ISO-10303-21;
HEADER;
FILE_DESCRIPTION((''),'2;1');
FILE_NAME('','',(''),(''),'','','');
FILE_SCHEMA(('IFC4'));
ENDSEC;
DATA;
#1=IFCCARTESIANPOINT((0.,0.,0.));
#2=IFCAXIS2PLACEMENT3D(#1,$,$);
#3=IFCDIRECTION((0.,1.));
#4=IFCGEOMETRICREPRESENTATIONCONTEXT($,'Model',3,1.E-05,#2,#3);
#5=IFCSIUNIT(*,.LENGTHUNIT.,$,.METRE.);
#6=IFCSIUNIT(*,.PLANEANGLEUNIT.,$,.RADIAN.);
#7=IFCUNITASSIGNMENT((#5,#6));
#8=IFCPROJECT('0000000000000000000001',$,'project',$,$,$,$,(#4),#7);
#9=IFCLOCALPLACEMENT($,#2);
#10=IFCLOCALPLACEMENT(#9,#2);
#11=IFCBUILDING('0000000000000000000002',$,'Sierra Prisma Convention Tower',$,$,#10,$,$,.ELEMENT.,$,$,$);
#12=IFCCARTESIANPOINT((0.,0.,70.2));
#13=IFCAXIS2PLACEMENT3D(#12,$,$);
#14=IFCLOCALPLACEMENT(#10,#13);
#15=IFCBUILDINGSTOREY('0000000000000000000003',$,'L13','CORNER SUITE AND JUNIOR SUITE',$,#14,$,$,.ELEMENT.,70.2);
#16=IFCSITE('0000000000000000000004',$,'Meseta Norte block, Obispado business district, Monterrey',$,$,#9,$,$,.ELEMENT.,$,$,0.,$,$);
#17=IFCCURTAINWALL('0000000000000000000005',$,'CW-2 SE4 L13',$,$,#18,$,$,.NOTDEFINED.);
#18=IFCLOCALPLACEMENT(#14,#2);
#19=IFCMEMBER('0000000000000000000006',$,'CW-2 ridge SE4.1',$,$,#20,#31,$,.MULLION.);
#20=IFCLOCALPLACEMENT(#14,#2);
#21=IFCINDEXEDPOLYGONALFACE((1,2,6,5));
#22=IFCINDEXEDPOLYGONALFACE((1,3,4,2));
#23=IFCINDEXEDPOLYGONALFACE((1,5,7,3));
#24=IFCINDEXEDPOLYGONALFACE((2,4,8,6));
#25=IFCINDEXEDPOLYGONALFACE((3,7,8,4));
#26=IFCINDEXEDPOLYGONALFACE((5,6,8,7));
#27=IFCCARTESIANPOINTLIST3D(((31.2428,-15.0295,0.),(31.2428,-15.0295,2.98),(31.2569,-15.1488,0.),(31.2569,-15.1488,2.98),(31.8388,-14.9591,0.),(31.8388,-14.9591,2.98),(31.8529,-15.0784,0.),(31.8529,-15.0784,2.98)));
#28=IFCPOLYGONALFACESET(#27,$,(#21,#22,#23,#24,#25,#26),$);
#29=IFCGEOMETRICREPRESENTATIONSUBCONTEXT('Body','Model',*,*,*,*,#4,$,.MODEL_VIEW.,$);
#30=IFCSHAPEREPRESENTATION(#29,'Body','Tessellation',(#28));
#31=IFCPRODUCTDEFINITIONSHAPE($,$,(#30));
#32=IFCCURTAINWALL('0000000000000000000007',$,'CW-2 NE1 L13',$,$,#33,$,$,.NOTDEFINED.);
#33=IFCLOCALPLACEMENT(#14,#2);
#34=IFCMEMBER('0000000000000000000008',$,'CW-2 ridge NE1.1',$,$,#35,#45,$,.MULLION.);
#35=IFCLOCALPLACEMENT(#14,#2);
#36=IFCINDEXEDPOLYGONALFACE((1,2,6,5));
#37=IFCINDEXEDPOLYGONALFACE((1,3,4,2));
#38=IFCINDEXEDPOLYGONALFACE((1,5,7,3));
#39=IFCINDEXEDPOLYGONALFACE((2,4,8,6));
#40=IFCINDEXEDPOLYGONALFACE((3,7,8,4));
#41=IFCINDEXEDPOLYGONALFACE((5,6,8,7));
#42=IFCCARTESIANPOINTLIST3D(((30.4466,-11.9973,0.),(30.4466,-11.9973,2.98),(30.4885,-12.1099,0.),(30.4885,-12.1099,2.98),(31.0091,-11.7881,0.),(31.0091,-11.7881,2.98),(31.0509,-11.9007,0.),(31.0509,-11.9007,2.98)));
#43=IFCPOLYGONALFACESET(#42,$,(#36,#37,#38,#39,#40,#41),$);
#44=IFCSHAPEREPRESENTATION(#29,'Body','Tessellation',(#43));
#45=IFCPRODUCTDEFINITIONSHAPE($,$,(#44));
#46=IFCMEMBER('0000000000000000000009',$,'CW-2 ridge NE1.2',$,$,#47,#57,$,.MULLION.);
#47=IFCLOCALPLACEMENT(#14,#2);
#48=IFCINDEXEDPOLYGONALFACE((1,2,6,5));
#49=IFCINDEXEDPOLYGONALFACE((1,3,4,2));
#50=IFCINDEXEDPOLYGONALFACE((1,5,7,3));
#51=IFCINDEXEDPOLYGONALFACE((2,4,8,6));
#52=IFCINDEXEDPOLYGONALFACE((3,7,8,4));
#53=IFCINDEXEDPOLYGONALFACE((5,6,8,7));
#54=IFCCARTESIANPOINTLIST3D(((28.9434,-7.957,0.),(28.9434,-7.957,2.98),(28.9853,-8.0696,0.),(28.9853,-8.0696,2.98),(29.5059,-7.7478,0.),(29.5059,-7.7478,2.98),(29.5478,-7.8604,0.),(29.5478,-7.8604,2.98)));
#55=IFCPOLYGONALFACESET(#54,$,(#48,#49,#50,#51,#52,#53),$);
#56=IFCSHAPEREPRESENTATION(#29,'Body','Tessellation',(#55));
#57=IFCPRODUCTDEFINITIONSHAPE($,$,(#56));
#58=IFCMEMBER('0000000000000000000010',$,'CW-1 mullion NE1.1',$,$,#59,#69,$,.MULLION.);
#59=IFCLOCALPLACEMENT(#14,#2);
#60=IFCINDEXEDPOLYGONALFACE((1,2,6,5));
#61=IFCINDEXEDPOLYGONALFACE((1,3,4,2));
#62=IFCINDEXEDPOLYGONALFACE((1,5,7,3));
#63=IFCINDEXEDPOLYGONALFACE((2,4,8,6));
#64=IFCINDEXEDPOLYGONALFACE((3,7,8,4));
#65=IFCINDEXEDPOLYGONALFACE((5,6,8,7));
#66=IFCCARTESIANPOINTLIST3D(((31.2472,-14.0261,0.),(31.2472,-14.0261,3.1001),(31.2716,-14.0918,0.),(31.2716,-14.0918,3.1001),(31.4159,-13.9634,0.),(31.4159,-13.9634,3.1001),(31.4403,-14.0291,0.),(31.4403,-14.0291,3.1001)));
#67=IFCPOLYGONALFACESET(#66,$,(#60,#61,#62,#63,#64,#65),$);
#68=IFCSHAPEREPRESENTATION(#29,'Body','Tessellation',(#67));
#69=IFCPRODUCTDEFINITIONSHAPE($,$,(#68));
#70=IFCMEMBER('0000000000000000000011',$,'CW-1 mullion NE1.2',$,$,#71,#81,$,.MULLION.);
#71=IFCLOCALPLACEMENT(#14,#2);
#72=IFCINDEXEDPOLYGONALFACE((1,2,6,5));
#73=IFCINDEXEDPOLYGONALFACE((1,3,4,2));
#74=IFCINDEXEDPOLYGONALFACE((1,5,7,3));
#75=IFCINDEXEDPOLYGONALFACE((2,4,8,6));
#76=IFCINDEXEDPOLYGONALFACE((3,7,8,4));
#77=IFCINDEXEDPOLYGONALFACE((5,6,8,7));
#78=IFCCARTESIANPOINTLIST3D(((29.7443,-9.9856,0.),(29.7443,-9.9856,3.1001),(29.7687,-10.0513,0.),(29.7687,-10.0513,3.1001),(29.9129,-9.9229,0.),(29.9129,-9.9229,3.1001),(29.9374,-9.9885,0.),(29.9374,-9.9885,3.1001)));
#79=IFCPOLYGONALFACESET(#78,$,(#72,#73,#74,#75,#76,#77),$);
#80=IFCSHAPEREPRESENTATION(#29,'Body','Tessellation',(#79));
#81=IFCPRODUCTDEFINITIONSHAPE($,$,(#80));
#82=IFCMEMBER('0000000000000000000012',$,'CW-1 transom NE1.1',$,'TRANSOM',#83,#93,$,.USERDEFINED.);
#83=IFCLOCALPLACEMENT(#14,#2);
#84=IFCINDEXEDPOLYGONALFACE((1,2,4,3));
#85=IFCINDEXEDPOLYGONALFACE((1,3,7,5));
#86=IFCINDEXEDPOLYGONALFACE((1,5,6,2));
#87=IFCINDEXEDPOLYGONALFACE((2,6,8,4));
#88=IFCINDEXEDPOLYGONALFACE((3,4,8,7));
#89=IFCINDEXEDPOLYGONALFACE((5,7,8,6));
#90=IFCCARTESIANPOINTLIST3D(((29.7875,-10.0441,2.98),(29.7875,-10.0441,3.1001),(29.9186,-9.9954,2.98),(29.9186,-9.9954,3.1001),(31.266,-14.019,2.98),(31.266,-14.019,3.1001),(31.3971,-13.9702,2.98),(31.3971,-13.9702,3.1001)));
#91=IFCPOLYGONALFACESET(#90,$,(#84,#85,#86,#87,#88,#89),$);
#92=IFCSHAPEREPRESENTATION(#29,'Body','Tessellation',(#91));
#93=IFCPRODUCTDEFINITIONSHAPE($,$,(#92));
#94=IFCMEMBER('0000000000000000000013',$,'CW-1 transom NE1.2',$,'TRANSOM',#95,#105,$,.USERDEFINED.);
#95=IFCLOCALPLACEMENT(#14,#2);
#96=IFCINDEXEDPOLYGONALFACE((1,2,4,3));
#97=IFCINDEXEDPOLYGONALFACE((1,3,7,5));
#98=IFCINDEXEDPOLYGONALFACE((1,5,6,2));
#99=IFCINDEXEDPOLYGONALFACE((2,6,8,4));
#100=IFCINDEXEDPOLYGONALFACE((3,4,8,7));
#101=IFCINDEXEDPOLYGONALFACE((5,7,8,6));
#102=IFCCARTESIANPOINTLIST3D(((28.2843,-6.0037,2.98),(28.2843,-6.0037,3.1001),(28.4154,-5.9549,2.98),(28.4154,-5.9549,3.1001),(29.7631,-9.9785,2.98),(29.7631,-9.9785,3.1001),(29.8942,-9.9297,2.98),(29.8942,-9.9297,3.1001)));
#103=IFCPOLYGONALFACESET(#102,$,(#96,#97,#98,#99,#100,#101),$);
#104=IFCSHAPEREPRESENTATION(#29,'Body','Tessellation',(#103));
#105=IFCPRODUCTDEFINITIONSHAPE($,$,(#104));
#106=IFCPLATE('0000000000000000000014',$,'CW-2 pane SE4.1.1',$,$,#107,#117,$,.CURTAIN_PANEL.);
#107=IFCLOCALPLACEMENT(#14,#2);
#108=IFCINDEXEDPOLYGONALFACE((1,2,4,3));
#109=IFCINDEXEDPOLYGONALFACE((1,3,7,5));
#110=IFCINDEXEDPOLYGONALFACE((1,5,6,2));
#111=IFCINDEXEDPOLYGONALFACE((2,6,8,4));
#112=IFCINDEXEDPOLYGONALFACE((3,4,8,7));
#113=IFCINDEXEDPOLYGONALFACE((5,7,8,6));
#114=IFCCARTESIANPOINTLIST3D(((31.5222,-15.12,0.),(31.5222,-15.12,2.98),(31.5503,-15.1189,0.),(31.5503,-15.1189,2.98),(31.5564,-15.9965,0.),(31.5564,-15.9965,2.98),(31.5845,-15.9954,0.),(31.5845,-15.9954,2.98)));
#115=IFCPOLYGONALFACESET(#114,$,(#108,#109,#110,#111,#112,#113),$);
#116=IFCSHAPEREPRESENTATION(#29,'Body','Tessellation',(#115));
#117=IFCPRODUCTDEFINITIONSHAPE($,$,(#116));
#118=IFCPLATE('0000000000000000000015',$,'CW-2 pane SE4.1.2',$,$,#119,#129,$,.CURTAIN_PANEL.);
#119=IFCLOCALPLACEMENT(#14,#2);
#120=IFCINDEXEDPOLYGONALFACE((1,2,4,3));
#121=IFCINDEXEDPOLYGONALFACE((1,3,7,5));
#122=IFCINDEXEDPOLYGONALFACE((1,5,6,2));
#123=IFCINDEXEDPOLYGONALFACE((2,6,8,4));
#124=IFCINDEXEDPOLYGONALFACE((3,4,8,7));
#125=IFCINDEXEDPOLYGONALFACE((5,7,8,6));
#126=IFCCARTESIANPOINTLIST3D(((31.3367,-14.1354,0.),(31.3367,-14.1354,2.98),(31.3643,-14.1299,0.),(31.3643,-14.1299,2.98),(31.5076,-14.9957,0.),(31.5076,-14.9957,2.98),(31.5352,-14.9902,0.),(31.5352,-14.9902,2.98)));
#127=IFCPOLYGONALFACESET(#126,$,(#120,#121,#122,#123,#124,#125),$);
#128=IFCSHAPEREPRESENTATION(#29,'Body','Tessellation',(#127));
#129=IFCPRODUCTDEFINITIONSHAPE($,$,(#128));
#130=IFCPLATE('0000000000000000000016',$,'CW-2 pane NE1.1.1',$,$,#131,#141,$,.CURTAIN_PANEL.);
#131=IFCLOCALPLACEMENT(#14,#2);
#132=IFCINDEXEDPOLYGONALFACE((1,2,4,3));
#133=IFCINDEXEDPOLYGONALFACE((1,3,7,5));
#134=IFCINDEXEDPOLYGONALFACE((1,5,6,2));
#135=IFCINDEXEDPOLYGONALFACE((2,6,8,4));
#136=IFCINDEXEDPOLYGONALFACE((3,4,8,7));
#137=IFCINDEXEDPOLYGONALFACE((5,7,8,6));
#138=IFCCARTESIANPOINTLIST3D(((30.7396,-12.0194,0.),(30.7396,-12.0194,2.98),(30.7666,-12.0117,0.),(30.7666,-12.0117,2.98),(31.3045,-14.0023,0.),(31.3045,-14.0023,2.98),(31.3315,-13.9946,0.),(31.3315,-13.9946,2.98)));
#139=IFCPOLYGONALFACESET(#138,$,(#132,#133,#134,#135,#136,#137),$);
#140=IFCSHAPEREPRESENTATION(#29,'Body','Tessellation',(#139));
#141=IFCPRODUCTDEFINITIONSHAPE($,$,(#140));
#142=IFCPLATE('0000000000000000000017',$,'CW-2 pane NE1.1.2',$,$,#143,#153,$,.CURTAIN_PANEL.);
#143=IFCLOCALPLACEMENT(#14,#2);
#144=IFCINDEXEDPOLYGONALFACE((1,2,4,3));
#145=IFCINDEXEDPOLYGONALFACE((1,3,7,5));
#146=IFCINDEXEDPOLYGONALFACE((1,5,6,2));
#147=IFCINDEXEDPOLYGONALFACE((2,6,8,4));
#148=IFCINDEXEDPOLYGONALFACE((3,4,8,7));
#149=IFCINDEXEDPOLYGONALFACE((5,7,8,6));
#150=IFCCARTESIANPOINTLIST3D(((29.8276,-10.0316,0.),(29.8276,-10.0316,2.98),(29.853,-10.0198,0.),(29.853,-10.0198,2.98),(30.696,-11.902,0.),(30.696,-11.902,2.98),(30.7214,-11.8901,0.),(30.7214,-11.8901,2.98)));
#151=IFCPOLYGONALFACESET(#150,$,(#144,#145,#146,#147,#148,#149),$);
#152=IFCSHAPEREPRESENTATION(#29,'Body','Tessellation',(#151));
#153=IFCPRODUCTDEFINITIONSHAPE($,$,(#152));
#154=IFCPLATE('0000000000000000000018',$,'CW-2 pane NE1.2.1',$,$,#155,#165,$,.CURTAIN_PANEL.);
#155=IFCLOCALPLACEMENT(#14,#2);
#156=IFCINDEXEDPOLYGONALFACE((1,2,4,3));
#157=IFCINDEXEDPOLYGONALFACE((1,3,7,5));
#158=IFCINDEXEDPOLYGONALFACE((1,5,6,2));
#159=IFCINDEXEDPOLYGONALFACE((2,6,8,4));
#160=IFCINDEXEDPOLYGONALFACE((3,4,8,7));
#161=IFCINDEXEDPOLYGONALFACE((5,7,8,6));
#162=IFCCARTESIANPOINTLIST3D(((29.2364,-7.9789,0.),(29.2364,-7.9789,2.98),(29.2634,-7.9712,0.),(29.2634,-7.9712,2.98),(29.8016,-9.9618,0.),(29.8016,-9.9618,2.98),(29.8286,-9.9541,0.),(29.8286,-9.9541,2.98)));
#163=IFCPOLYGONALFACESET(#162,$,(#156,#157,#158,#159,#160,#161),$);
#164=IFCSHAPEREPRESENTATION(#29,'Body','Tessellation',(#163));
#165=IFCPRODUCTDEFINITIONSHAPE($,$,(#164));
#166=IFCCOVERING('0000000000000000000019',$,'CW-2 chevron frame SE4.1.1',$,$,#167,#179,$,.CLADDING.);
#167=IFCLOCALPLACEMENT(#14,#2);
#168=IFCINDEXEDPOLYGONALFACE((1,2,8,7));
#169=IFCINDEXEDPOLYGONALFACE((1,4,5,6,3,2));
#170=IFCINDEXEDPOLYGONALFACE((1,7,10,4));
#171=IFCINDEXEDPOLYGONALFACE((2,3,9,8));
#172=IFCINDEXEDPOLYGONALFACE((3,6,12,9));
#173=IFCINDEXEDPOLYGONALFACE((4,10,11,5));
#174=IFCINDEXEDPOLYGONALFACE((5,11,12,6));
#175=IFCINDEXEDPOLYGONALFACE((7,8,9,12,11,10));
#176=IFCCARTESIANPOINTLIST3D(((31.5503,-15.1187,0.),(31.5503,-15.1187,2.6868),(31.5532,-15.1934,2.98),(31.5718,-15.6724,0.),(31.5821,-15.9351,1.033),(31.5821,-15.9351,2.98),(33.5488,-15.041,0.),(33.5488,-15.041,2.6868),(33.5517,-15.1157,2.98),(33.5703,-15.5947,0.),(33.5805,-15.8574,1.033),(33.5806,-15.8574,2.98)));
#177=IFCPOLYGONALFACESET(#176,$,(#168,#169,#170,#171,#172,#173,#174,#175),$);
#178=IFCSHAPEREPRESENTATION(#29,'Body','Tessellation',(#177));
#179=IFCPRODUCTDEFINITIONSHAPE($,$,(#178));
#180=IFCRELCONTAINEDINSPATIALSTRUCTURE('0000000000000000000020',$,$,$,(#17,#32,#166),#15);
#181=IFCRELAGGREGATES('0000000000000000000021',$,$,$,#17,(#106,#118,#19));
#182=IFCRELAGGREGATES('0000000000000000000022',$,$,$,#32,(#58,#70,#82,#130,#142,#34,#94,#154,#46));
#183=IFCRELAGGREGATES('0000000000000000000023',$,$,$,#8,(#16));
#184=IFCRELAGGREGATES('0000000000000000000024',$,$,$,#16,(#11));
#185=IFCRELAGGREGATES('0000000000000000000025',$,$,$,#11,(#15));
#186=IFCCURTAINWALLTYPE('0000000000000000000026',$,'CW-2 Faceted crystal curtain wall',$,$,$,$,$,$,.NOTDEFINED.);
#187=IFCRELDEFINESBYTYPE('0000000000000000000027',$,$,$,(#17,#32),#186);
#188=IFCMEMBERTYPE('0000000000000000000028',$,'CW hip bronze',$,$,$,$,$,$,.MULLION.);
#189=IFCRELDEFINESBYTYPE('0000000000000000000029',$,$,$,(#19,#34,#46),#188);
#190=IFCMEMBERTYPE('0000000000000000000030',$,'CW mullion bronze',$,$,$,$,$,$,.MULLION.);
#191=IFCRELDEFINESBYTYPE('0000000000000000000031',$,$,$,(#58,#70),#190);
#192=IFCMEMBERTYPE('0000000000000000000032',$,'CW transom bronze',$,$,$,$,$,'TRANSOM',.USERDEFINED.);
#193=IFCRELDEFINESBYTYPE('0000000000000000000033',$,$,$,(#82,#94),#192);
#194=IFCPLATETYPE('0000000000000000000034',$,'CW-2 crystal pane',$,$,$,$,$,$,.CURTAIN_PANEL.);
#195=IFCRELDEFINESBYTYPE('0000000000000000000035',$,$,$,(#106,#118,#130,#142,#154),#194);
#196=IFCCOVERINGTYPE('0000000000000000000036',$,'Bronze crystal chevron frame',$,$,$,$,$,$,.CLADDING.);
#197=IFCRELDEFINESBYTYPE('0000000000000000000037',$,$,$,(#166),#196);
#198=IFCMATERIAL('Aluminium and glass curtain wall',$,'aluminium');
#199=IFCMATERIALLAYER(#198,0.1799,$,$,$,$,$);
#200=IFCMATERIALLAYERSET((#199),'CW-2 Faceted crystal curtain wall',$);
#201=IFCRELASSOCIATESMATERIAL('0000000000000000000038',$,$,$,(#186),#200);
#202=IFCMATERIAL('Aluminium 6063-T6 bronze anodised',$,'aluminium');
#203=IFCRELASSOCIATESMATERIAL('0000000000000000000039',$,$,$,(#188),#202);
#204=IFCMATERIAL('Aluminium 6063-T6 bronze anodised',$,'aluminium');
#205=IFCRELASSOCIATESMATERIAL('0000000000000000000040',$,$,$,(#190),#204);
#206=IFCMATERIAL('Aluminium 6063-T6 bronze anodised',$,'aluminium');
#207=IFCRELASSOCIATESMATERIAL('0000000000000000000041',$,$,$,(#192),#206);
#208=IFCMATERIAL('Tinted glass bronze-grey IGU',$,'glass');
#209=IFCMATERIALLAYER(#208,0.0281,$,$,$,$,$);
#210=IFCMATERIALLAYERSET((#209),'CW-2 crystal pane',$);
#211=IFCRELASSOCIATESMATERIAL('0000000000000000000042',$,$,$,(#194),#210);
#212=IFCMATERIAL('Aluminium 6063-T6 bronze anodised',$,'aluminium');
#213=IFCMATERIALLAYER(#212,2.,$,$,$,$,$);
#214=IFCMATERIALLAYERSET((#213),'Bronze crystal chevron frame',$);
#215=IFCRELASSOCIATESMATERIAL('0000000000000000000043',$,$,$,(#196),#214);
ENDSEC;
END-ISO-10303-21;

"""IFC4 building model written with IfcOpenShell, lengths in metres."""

from ifc_helpers import new_model, si_unit, direction, frame, origin, origin_2d, place, context, subcontext, project, spatial, polyline, rectangle, outline, extrude, material, layer, layer_set, material_profile, profile_set, type_object, element, aggregate, save


model = new_model("IFC4")

# Units and contexts
model_context = context("Model", 3, precision=1e-05, world=origin(), true_north=direction((0.0, 1.0)))
body_context = subcontext(model_context, "Body", "Model", "MODEL_VIEW")
ifc_project = project(units=[si_unit("LENGTHUNIT", "METRE"), si_unit("PLANEANGLEUNIT", "RADIAN")], contexts=[model_context])

# Site, building, storey
site_placement = place(None, origin())
site = spatial("IfcSite", under=ifc_project, at=site_placement, Name="Meseta Norte block, Obispado business district, Monterrey", CompositionType="ELEMENT", RefElevation=0.0)
building_placement = place(site_placement, origin())
building = spatial("IfcBuilding", under=site, at=building_placement, Name="Sierra Prisma Convention Tower", CompositionType="ELEMENT")
storey_placement = place(building_placement, frame((0.0, 0.0, 70.2)))
storey = spatial("IfcBuildingStorey", under=building, at=storey_placement, Name="L13", Description="CORNER SUITE AND JUNIOR SUITE", CompositionType="ELEMENT", Elevation=70.2)

# Curtain wall, member
ifc_material_1 = material(Name="Aluminium and glass curtain wall", Category="aluminium")
ifc_layer_1 = layer(ifc_material_1, 0.1799)
ifc_layer_set_1 = layer_set([ifc_layer_1], Name="CW-2 Faceted crystal curtain wall")
curtain_wall_type = type_object("IfcCurtainWallType", Name="CW-2 Faceted crystal curtain wall", PredefinedType="NOTDEFINED", material=ifc_layer_set_1)
curtain_wall_1_placement = place(storey_placement, origin())
curtain_wall_1 = element("IfcCurtainWall", 1, at=curtain_wall_1_placement, inside=storey, type_object=curtain_wall_type, Name="CW-2 SE4 L13", PredefinedType="NOTDEFINED")
ifc_material_2 = material(Name="Aluminium 6063-T6 bronze anodised", Category="aluminium")
ifc_material_profile_1 = material_profile(ifc_material_2, rectangle(XDim=0.1201, YDim=0.6001, at=origin_2d()), Name="ALU RIDGE BLADE 120x600")
ifc_profile_set_1 = profile_set([ifc_material_profile_1], Name="Aluminium 6063-T6 bronze anodised")
member_type_1 = type_object("IfcMemberType", Name="CW hip bronze", PredefinedType="MULLION", material=ifc_profile_set_1)
member_1_placement = place(storey_placement, frame((31.5479, -15.054, 0.0), z_axis=(0.0, 0.0, 1.0), x_axis=(-0.117263, 0.993101, 0.0)))
member_1 = element("IfcMember", 2, at=member_1_placement, type_object=member_type_1, Name="CW-2 ridge SE4.1", PredefinedType="MULLION", context=body_context, shape_type="SweptSolid", body=[
    extrude(rectangle(XDim=0.1201, YDim=0.6001, at=origin_2d()), origin(), (0.0, 0.0, 1.0), 2.98),
])

# Curtain wall, members
curtain_wall_2_placement = place(storey_placement, origin())
curtain_wall_2 = element("IfcCurtainWall", 3, at=curtain_wall_2_placement, inside=storey, type_object=curtain_wall_type, Name="CW-2 NE1 L13", PredefinedType="NOTDEFINED")
member_2_placement = place(storey_placement, frame((30.7488, -11.949, 0.0), z_axis=(0.0, 0.0, 1.0), x_axis=(-0.34865, 0.937253, 0.0)))
member_2 = element("IfcMember", 4, at=member_2_placement, type_object=member_type_1, Name="CW-2 ridge NE1.1", PredefinedType="MULLION", context=body_context, shape_type="SweptSolid", body=[
    extrude(rectangle(XDim=0.1201, YDim=0.6001, at=origin_2d()), origin(), (0.0, 0.0, 1.0), 2.98),
])
member_3_placement = place(storey_placement, frame((29.2456, -7.9087, 0.0), z_axis=(0.0, 0.0, 1.0), x_axis=(-0.34865, 0.937253, 0.0)))
member_3 = element("IfcMember", 5, at=member_3_placement, type_object=member_type_1, Name="CW-2 ridge NE1.2", PredefinedType="MULLION", context=body_context, shape_type="SweptSolid", body=[
    extrude(rectangle(XDim=0.1201, YDim=0.6001, at=origin_2d()), origin(), (0.0, 0.0, 1.0), 2.98),
])
ifc_material_3 = material(Name="Aluminium 6063-T6 bronze anodised", Category="aluminium")
ifc_material_profile_2 = material_profile(ifc_material_3, rectangle(XDim=0.1799, YDim=0.0701, at=origin_2d()), Name="ALU MULLION 70x180")
ifc_profile_set_2 = profile_set([ifc_material_profile_2], Name="Aluminium 6063-T6 bronze anodised")
member_type_2 = type_object("IfcMemberType", Name="CW mullion bronze", PredefinedType="MULLION", material=ifc_profile_set_2)
member_4_placement = place(storey_placement, frame((31.3438, -14.0276, 0.0), z_axis=(0.0, 0.0, 1.0), x_axis=(-0.937253, -0.34865, 0.0)))
member_4 = element("IfcMember", 6, at=member_4_placement, type_object=member_type_2, Name="CW-1 mullion NE1.1", PredefinedType="MULLION", context=body_context, shape_type="SweptSolid", body=[
    extrude(rectangle(XDim=0.1799, YDim=0.0701, at=origin_2d()), origin(), (0.0, 0.0, 1.0), 3.1001),
])
member_5_placement = place(storey_placement, frame((29.8408, -9.9871, 0.0), z_axis=(0.0, 0.0, 1.0), x_axis=(-0.937253, -0.34865, 0.0)))
member_5 = element("IfcMember", 7, at=member_5_placement, type_object=member_type_2, Name="CW-1 mullion NE1.2", PredefinedType="MULLION", context=body_context, shape_type="SweptSolid", body=[
    extrude(rectangle(XDim=0.1799, YDim=0.0701, at=origin_2d()), origin(), (0.0, 0.0, 1.0), 3.1001),
])
ifc_material_4 = material(Name="Aluminium 6063-T6 bronze anodised", Category="aluminium")
ifc_material_profile_3 = material_profile(ifc_material_4, rectangle(XDim=0.1399, YDim=0.1201, at=origin_2d()), Name="ALU TRANSOM 120x140")
ifc_profile_set_3 = profile_set([ifc_material_profile_3], Name="Aluminium 6063-T6 bronze anodised")
member_type_3 = type_object("IfcMemberType", Name="CW transom bronze", ElementType="TRANSOM", PredefinedType="USERDEFINED", material=ifc_profile_set_3)
member_6_placement = place(storey_placement, frame((31.3315, -13.9946, 3.04), z_axis=(-0.34863, 0.93726, 0.0), x_axis=(-0.93726, -0.34863, 0.0)))
member_6 = element("IfcMember", 8, at=member_6_placement, type_object=member_type_3, Name="CW-1 transom NE1.1", ObjectType="TRANSOM", PredefinedType="USERDEFINED", context=body_context, shape_type="SweptSolid", body=[
    extrude(rectangle(XDim=0.1399, YDim=0.1201, at=origin_2d()), origin(), (0.0, 0.0, 1.0), 4.241),
])
member_7_placement = place(storey_placement, frame((29.8286, -9.9541, 3.04), z_axis=(-0.348681, 0.937242, 0.0), x_axis=(-0.937242, -0.348681, 0.0)))
member_7 = element("IfcMember", 9, at=member_7_placement, type_object=member_type_3, Name="CW-1 transom NE1.2", ObjectType="TRANSOM", PredefinedType="USERDEFINED", context=body_context, shape_type="SweptSolid", body=[
    extrude(rectangle(XDim=0.1399, YDim=0.1201, at=origin_2d()), origin(), (0.0, 0.0, 1.0), 4.241),
])

# Plates
ifc_material_5 = material(Name="Tinted glass bronze-grey IGU", Category="glass")
ifc_layer_2 = layer(ifc_material_5, 0.0281)
ifc_layer_set_2 = layer_set([ifc_layer_2], Name="CW-2 crystal pane")
plate_type = type_object("IfcPlateType", Name="CW-2 crystal pane", PredefinedType="CURTAIN_PANEL", material=ifc_layer_set_2)
plate_1_placement = place(storey_placement, frame((31.5845, -15.9954, 0.0), z_axis=(0.99924, 0.038968, 0.0), x_axis=(-0.038968, 0.99924, 0.0)))
plate_1 = element("IfcPlate", 10, at=plate_1_placement, type_object=plate_type, Name="CW-2 pane SE4.1.1", PredefinedType="CURTAIN_PANEL", context=body_context, shape_type="SweptSolid", body=[
    extrude(outline(polyline([(0.0, 0.0), (0.8771, 0.0), (0.8771, 2.98), (0.0, 2.98), (0.0, 0.0)])), origin(), (0.0, 0.0, -1.0), 0.0281),
])
plate_2_placement = place(storey_placement, frame((31.3643, -14.1299, 0.0), z_axis=(0.980837, 0.194831, 0.0), x_axis=(0.194831, -0.980837, 0.0)))
plate_2 = element("IfcPlate", 11, at=plate_2_placement, type_object=plate_type, Name="CW-2 pane SE4.1.2", PredefinedType="CURTAIN_PANEL", context=body_context, shape_type="SweptSolid", body=[
    extrude(outline(polyline([(0.0, 0.0), (0.8772, 0.0), (0.8772, -2.98), (0.0, -2.98), (0.0, 0.0)])), origin(), (0.0, 0.0, -1.0), 0.0281),
])
aggregate(curtain_wall_1, [plate_1, plate_2, member_1])
plate_3_placement = place(storey_placement, frame((31.3315, -13.9946, 0.0), z_axis=(0.961729, 0.274002, 0.0), x_axis=(-0.274002, 0.961729, 0.0)))
plate_3 = element("IfcPlate", 12, at=plate_3_placement, type_object=plate_type, Name="CW-2 pane NE1.1.1", PredefinedType="CURTAIN_PANEL", context=body_context, shape_type="SweptSolid", body=[
    extrude(outline(polyline([(0.0, 0.0), (2.0618, 0.0), (2.0618, 2.98), (0.0, 2.98), (0.0, 0.0)])), origin(), (0.0, 0.0, -1.0), 0.0281),
])
plate_4_placement = place(storey_placement, frame((29.853, -10.0198, 0.0), z_axis=(0.907004, 0.421122, 0.0), x_axis=(0.421122, -0.907004, 0.0)))
plate_4 = element("IfcPlate", 13, at=plate_4_placement, type_object=plate_type, Name="CW-2 pane NE1.1.2", PredefinedType="CURTAIN_PANEL", context=body_context, shape_type="SweptSolid", body=[
    extrude(outline(polyline([(0.0, 0.0), (2.0621, 0.0), (2.0621, -2.98), (0.0, -2.98), (0.0, 0.0)])), origin(), (0.0, 0.0, -1.0), 0.0281),
])
plate_5_placement = place(storey_placement, frame((29.8286, -9.9541, 0.0), z_axis=(0.961698, 0.274111, 0.0), x_axis=(-0.274111, 0.961698, 0.0)))
plate_5 = element("IfcPlate", 14, at=plate_5_placement, type_object=plate_type, Name="CW-2 pane NE1.2.1", PredefinedType="CURTAIN_PANEL", context=body_context, shape_type="SweptSolid", body=[
    extrude(outline(polyline([(0.0, 0.0), (2.0619, 0.0), (2.0619, 2.98), (0.0, 2.98), (0.0, 0.0)])), origin(), (0.0, 0.0, -1.0), 0.0281),
])
aggregate(curtain_wall_2, [member_4, member_5, member_6, plate_3, plate_4, member_2, member_7, plate_5, member_3])

# Covering
ifc_material_6 = material(Name="Aluminium 6063-T6 bronze anodised", Category="aluminium")
ifc_layer_3 = layer(ifc_material_6, 2.0)
ifc_layer_set_3 = layer_set([ifc_layer_3], Name="Bronze crystal chevron frame")
covering_type = type_object("IfcCoveringType", Name="Bronze crystal chevron frame", PredefinedType="CLADDING", material=ifc_layer_set_3)
covering_1_placement = place(storey_placement, frame((33.5806, -15.8574, 2.98), z_axis=(0.999246, 0.038835, -0.000012), x_axis=(-0.000012, 0.0, -1.0)))
element("IfcCovering", 15, at=covering_1_placement, inside=storey, type_object=covering_type, Name="CW-2 chevron frame SE4.1.1", PredefinedType="CLADDING", context=body_context, shape_type="SweptSolid", body=[
    extrude(outline(polyline([(0.0, 0.0), (1.947, 0.0), (2.98, 0.2629), (2.98, 0.817), (0.2932, 0.817), (0.0, 0.7423), (0.0, 0.0)])), origin(), (0.0, 0.0, -1.0), 2.0),
])

save(model, "model.ifc")
